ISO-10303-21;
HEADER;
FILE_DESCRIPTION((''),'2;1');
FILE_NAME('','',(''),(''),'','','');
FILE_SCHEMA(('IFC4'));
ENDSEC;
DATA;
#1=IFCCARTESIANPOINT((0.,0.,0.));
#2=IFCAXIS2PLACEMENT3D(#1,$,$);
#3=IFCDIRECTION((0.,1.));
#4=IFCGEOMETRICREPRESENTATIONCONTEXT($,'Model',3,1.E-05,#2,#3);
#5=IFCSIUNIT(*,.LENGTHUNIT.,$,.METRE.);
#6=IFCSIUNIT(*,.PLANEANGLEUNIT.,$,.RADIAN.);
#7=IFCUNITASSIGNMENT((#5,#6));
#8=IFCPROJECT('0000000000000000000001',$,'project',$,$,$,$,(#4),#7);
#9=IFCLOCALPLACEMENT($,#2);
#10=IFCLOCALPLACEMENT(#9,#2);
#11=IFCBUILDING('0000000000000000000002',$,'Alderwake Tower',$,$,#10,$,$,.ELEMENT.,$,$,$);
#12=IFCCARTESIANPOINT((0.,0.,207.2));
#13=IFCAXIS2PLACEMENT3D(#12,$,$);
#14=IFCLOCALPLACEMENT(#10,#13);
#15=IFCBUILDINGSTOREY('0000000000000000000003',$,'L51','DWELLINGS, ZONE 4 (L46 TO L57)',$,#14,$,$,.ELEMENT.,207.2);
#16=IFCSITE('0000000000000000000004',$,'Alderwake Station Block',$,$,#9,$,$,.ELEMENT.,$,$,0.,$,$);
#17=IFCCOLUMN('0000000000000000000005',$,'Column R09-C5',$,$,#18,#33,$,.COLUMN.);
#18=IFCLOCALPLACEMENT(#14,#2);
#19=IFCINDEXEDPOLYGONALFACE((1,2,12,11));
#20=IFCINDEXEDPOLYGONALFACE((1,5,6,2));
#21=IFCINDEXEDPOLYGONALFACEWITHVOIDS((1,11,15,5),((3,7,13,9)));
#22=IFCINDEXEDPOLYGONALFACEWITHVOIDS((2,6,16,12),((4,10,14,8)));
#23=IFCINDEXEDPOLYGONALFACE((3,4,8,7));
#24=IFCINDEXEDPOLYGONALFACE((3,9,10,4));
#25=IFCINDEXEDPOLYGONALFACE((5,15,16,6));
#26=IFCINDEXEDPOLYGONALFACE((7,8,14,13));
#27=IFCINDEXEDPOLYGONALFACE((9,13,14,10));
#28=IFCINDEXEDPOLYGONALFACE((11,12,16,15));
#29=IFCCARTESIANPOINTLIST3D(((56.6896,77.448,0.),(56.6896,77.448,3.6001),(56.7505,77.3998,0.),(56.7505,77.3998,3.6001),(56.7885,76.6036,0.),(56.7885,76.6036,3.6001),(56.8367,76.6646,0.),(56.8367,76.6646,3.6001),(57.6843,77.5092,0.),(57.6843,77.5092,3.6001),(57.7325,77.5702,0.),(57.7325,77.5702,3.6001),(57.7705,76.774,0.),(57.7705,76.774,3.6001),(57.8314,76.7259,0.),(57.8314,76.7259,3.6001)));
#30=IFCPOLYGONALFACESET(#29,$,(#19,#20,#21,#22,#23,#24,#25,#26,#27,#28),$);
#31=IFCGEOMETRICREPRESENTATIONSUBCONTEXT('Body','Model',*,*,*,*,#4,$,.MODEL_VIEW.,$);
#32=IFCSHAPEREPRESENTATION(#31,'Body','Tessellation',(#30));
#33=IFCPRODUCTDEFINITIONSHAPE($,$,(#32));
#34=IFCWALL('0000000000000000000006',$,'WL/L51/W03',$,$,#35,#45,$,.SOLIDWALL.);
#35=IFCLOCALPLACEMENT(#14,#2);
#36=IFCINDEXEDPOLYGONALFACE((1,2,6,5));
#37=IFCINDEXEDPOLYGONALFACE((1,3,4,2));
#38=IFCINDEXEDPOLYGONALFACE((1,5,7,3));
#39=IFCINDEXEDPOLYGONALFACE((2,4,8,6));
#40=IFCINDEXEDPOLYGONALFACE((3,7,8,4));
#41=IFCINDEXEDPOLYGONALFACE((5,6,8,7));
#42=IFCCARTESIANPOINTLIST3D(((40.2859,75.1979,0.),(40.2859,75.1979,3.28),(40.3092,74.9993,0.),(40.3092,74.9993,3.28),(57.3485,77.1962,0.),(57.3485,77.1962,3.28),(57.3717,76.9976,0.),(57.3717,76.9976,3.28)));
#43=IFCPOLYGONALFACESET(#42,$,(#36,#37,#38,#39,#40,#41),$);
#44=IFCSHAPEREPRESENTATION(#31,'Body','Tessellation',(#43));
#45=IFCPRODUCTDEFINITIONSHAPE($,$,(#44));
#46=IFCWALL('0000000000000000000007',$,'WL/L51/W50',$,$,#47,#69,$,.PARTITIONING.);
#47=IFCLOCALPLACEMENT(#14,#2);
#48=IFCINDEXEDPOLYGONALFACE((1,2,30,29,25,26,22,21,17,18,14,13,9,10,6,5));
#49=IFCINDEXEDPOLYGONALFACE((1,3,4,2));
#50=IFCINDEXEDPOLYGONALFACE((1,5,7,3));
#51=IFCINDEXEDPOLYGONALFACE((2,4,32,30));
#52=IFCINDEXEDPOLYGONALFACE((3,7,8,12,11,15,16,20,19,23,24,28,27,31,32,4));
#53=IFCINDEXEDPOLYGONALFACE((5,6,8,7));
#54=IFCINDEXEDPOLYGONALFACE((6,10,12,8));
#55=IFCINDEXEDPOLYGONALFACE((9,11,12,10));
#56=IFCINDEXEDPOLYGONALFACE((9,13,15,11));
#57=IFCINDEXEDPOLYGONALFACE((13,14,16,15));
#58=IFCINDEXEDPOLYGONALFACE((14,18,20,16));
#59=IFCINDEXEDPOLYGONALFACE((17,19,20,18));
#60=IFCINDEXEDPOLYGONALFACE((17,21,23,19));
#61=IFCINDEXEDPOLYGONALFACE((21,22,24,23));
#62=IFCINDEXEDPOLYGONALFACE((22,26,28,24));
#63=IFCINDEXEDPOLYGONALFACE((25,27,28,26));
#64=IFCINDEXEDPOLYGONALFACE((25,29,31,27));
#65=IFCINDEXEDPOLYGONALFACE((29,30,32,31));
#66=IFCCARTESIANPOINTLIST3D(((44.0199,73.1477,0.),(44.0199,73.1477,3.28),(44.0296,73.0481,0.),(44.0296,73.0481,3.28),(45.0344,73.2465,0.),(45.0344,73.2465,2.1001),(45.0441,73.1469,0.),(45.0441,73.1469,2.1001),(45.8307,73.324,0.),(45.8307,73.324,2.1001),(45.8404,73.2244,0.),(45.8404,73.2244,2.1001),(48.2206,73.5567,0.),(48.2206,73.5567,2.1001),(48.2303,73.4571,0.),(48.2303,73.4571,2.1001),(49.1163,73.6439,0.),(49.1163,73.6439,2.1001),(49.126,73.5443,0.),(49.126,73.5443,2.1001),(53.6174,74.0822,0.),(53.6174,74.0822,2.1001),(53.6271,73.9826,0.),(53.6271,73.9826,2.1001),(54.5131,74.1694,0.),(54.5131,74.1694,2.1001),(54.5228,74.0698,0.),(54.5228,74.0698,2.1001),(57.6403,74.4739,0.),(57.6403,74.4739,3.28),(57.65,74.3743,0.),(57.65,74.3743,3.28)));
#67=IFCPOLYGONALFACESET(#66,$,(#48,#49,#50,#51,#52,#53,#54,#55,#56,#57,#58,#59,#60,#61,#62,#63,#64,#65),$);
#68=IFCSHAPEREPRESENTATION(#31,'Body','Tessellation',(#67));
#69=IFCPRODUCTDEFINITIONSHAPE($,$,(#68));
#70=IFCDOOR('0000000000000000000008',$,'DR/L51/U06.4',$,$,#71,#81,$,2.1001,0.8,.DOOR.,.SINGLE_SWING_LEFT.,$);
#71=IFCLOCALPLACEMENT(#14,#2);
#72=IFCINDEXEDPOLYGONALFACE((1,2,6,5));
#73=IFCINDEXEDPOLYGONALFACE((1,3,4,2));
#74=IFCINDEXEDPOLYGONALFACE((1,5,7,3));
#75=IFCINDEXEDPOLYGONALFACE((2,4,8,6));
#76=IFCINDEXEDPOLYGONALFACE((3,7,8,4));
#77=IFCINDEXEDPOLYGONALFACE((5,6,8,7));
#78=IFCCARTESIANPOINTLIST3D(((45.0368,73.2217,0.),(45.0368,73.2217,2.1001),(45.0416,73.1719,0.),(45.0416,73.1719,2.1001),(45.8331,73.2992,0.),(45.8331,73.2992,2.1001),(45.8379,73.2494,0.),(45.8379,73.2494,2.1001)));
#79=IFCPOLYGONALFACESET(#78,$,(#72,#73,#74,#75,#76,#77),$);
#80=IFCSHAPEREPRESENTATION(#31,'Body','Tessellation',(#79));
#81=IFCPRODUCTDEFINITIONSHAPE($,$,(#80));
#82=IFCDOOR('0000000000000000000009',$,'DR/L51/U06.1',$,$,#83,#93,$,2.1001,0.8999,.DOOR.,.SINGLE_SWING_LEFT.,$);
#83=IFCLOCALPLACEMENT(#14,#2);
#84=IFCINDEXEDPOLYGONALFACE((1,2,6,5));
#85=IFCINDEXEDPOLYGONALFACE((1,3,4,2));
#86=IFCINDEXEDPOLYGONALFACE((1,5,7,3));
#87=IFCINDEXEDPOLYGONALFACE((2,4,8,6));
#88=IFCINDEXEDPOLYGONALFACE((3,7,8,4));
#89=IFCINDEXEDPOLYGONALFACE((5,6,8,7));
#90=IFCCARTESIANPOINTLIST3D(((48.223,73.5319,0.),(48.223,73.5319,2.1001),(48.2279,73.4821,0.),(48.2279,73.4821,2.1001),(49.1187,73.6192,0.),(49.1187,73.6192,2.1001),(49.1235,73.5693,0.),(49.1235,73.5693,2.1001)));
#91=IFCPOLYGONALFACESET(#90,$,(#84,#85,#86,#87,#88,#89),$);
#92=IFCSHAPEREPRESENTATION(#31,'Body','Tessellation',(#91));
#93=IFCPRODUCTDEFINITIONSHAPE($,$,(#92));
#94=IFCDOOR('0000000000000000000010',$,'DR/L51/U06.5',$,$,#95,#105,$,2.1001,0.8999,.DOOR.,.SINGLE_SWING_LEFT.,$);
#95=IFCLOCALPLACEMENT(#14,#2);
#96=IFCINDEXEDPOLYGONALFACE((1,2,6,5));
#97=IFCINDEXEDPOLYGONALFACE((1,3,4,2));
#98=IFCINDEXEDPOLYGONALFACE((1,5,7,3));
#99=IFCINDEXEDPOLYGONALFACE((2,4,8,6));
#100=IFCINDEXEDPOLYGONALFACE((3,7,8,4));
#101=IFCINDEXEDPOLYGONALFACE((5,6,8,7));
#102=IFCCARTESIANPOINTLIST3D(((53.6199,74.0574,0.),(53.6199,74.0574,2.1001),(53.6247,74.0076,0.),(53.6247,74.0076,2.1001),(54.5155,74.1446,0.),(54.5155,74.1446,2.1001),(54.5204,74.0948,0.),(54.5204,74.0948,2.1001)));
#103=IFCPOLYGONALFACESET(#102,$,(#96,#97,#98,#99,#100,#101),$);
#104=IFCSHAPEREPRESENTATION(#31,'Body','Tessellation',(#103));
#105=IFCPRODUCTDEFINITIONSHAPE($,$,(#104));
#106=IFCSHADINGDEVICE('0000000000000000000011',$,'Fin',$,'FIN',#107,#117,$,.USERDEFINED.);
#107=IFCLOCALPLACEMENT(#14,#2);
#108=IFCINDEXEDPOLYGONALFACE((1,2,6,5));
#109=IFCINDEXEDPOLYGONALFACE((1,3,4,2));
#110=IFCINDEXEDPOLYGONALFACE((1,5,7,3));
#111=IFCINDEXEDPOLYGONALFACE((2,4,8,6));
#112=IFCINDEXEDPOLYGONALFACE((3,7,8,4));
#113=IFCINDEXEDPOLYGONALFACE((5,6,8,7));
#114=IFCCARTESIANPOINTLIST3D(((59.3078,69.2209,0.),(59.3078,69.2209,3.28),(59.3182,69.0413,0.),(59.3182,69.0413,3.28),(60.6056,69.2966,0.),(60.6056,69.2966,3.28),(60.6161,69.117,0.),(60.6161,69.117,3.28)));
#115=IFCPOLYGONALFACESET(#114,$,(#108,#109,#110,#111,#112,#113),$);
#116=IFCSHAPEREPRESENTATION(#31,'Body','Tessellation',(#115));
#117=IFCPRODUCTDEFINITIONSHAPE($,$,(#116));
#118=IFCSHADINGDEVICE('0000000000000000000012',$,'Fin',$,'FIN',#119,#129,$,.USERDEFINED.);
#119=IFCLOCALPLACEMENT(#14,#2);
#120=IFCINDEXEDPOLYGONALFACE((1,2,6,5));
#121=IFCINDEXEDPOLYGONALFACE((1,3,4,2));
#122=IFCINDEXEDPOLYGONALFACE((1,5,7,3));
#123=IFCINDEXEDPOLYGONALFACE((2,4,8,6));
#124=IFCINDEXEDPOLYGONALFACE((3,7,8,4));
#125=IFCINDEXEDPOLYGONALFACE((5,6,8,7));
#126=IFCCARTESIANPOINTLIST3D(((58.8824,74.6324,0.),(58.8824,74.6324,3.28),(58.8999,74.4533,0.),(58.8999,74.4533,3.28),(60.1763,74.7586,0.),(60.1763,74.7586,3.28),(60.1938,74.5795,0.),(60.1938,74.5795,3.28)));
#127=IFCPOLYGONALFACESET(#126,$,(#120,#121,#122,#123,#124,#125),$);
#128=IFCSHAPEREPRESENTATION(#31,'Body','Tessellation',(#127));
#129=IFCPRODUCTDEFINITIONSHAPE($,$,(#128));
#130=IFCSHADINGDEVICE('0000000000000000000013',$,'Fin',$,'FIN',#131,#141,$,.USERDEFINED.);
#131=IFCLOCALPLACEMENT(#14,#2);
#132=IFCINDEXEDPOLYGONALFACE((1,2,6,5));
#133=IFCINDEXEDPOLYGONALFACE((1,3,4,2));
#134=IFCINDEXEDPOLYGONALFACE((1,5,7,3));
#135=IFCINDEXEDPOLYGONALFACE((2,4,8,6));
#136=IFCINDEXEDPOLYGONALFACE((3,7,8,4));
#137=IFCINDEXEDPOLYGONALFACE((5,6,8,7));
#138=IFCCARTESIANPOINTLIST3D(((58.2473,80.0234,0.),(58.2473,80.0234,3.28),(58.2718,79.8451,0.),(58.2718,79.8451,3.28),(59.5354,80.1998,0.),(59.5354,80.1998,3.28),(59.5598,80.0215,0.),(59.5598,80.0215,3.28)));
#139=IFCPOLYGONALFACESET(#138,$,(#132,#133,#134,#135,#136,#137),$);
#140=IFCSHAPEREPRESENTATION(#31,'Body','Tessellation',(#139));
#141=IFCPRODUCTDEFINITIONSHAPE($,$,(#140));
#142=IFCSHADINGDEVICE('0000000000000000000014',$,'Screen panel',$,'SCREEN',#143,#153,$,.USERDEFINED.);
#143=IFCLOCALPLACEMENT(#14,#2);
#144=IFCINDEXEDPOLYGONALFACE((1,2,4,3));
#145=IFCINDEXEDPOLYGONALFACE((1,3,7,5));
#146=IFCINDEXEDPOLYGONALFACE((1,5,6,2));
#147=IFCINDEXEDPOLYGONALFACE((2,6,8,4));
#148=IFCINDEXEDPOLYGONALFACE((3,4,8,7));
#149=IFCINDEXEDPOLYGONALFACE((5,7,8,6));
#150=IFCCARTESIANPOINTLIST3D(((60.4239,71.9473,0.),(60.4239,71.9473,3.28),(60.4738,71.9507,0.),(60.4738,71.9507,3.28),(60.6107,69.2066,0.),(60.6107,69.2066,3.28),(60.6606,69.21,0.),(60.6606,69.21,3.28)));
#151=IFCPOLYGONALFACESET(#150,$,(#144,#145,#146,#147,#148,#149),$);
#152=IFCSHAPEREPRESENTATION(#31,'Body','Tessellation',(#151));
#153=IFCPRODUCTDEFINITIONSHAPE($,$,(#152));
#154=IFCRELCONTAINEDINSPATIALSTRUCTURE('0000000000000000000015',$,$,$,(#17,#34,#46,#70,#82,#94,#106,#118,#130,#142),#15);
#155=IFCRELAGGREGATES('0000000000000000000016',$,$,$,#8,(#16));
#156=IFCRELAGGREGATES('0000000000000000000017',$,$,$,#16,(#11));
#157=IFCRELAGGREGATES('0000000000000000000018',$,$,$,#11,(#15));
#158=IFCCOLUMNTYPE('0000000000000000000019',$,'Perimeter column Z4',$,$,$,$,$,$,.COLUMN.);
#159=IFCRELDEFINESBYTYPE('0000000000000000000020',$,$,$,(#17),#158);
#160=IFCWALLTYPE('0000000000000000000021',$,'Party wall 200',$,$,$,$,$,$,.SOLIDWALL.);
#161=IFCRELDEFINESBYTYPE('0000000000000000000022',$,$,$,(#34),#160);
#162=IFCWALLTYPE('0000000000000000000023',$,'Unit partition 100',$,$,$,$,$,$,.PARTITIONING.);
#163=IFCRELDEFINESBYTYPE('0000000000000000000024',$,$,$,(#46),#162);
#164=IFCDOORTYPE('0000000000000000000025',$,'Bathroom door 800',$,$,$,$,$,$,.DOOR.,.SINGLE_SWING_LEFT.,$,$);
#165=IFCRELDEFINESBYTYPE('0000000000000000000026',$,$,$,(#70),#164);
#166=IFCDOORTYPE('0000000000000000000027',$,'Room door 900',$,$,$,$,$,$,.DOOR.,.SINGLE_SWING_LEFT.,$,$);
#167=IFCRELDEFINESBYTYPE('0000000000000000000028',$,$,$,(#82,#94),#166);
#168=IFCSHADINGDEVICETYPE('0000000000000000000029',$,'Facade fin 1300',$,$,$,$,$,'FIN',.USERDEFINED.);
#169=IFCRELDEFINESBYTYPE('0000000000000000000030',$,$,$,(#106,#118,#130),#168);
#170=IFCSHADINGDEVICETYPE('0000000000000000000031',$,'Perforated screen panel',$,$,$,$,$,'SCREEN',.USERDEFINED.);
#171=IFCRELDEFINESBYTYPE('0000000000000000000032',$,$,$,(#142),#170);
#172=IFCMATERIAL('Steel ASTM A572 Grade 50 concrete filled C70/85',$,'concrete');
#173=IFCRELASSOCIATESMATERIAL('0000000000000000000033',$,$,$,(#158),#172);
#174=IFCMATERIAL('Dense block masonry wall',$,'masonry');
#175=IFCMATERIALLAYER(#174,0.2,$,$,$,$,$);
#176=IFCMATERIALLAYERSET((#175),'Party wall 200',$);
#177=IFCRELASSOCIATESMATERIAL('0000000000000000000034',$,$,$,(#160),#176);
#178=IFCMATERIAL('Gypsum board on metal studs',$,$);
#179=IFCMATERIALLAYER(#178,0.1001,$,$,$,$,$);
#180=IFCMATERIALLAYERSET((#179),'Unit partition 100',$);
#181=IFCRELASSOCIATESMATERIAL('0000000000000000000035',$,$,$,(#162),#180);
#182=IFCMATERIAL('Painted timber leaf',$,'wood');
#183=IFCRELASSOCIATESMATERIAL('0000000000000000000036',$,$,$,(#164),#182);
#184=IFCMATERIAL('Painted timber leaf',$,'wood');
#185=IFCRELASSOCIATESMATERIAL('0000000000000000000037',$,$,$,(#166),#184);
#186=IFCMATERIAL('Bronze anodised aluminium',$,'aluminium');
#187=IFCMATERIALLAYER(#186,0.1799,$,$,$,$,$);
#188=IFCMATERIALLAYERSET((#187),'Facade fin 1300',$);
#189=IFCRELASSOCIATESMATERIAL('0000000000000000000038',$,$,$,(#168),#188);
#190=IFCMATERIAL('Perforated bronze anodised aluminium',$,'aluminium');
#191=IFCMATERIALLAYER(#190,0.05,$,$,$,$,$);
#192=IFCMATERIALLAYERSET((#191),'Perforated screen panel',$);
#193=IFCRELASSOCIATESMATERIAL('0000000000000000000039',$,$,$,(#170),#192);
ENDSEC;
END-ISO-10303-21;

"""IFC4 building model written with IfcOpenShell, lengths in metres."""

from ifc_helpers import new_model, si_unit, direction, frame, frame_2d, origin, origin_2d, place, context, subcontext, project, spatial, rectangle, hollow_rectangle, extrude, material, layer, layer_set, material_profile, profile_set, type_object, element, fill, save


model = new_model("IFC4")

# Units and contexts
model_context = context("Model", 3, precision=1e-05, world=origin(), true_north=direction((0.0, 1.0)))
body_context = subcontext(model_context, "Body", "Model", "MODEL_VIEW")
ifc_project = project(units=[si_unit("LENGTHUNIT", "METRE"), si_unit("PLANEANGLEUNIT", "RADIAN")], contexts=[model_context])

# Site, building, storey
site_placement = place(None, origin())
site = spatial("IfcSite", under=ifc_project, at=site_placement, Name="Alderwake Station Block", CompositionType="ELEMENT", RefElevation=0.0)
building_placement = place(site_placement, origin())
building = spatial("IfcBuilding", under=site, at=building_placement, Name="Alderwake Tower", CompositionType="ELEMENT")
storey_placement = place(building_placement, frame((0.0, 0.0, 207.2)))
storey = spatial("IfcBuildingStorey", under=building, at=storey_placement, Name="L51", Description="DWELLINGS, ZONE 4 (L46 TO L57)", CompositionType="ELEMENT", Elevation=207.2)

# Column
ifc_material_1 = material(Name="Steel ASTM A572 Grade 50 concrete filled C70/85", Category="concrete")
ifc_material_profile = material_profile(ifc_material_1, hollow_rectangle(XDim=0.8501, YDim=1.05, WallThickness=0.0549, at=origin_2d()), Name="BOX 1050X850X55")
ifc_profile_set = profile_set([ifc_material_profile], Name="Steel ASTM A572 Grade 50 concrete filled C70/85")
column_type = type_object("IfcColumnType", Name="Perimeter column Z4", PredefinedType="COLUMN", material=ifc_profile_set)
column_placement = place(storey_placement, frame((57.2605, 77.0869, 0.0), z_axis=(0.0, 0.0, 1.0), x_axis=(-0.116402, 0.993202, 0.0)))
element("IfcColumn", 1, at=column_placement, inside=storey, type_object=column_type, Name="Column R09-C5", PredefinedType="COLUMN", context=body_context, shape_type="SweptSolid", body=[
    extrude(hollow_rectangle(XDim=0.8501, YDim=1.05, WallThickness=0.0549, at=origin_2d()), origin(), (0.0, 0.0, 1.0), 3.6001),
])

# Wall
ifc_material_2 = material(Name="Dense block masonry wall", Category="masonry")
ifc_layer_1 = layer(ifc_material_2, 0.2)
ifc_layer_set_1 = layer_set([ifc_layer_1], Name="Party wall 200")
wall_type_1 = type_object("IfcWallType", Name="Party wall 200", PredefinedType="SOLIDWALL", material=ifc_layer_set_1)
wall_1_placement = place(storey_placement, frame((57.3601, 77.0969, 0.0), z_axis=(0.0, 0.0, 1.0), x_axis=(-0.993212, -0.116321, 0.0)))
element("IfcWall", 2, at=wall_1_placement, inside=storey, type_object=wall_type_1, Name="WL/L51/W03", PredefinedType="SOLIDWALL", context=body_context, shape_type="SweptSolid", body=[
    extrude(rectangle(XDim=17.1792, YDim=0.2, at=frame_2d((8.5896, 0.0))), origin(), (0.0, 0.0, 1.0), 3.28),
])

# Wall, openings, doors
ifc_material_3 = material(Name="Gypsum board on metal studs")
ifc_layer_2 = layer(ifc_material_3, 0.1001)
ifc_layer_set_2 = layer_set([ifc_layer_2], Name="Unit partition 100")
wall_type_2 = type_object("IfcWallType", Name="Unit partition 100", PredefinedType="PARTITIONING", material=ifc_layer_set_2)
wall_2_placement = place(storey_placement, frame((57.645, 74.4241, 0.0), z_axis=(0.0, 0.0, 1.0), x_axis=(-0.995293, -0.096909, 0.0)))
wall_2 = element("IfcWall", 3, at=wall_2_placement, inside=storey, type_object=wall_type_2, Name="WL/L51/W50", PredefinedType="PARTITIONING", context=body_context, shape_type="SweptSolid", body=[
    extrude(rectangle(XDim=13.6848, YDim=0.1001, at=frame_2d((6.8423, 0.0))), origin(), (0.0, 0.0, 1.0), 3.28),
])
opening_1_placement = place(wall_2_placement, frame((8.5642, 0.0, 0.0)))
opening_1 = element("IfcOpeningElement", 4, at=opening_1_placement, cuts=wall_2, PredefinedType="OPENING", context=body_context, shape_type="SweptSolid", body=[
    extrude(rectangle(XDim=0.8999, YDim=2.1001, at=frame_2d((0.45, 1.05))), frame((0.0, 0.0601, 0.0), z_axis=(0.0, -1.0, 0.0), x_axis=(1.0, 0.0, 0.0)), (0.0, 0.0, 1.0), 0.1201),
])
opening_2_placement = place(wall_2_placement, frame((11.8655, 0.0, 0.0)))
opening_2 = element("IfcOpeningElement", 5, at=opening_2_placement, cuts=wall_2, PredefinedType="OPENING", context=body_context, shape_type="SweptSolid", body=[
    extrude(rectangle(XDim=0.8, YDim=2.1001, at=frame_2d((0.3999, 1.05))), frame((0.0, 0.0601, 0.0), z_axis=(0.0, -1.0, 0.0), x_axis=(1.0, 0.0, 0.0)), (0.0, 0.0, 1.0), 0.1201),
])
opening_3_placement = place(wall_2_placement, frame((3.1418, 0.0, 0.0)))
opening_3 = element("IfcOpeningElement", 6, at=opening_3_placement, cuts=wall_2, PredefinedType="OPENING", context=body_context, shape_type="SweptSolid", body=[
    extrude(rectangle(XDim=0.8999, YDim=2.1001, at=frame_2d((0.45, 1.05))), frame((0.0, 0.0601, 0.0), z_axis=(0.0, -1.0, 0.0), x_axis=(1.0, 0.0, 0.0)), (0.0, 0.0, 1.0), 0.1201),
])
ifc_material_4 = material(Name="Painted timber leaf", Category="wood")
door_type_1 = type_object("IfcDoorType", Name="Bathroom door 800", OperationType="SINGLE_SWING_LEFT", PredefinedType="DOOR", material=ifc_material_4)
door_1_placement = place(opening_2_placement, origin())
door_1 = element("IfcDoor", 7, at=door_1_placement, inside=storey, type_object=door_type_1, Name="DR/L51/U06.4", OperationType="SINGLE_SWING_LEFT", OverallHeight=2.1001, OverallWidth=0.8, PredefinedType="DOOR", context=body_context, shape_type="SweptSolid", body=[
    extrude(rectangle(XDim=0.8, YDim=2.1001, at=frame_2d((0.3999, 1.05))), frame((0.0, 0.0249, 0.0), z_axis=(0.0, -1.0, 0.0), x_axis=(1.0, 0.0, 0.0)), (0.0, 0.0, 1.0), 0.05),
])
fill(opening_2, door_1)
ifc_material_5 = material(Name="Painted timber leaf", Category="wood")
door_type_2 = type_object("IfcDoorType", Name="Room door 900", OperationType="SINGLE_SWING_LEFT", PredefinedType="DOOR", material=ifc_material_5)
door_2_placement = place(opening_1_placement, origin())
door_2 = element("IfcDoor", 8, at=door_2_placement, inside=storey, type_object=door_type_2, Name="DR/L51/U06.1", OperationType="SINGLE_SWING_LEFT", OverallHeight=2.1001, OverallWidth=0.8999, PredefinedType="DOOR", context=body_context, shape_type="SweptSolid", body=[
    extrude(rectangle(XDim=0.8999, YDim=2.1001, at=frame_2d((0.45, 1.05))), frame((0.0, 0.0249, 0.0), z_axis=(0.0, -1.0, 0.0), x_axis=(1.0, 0.0, 0.0)), (0.0, 0.0, 1.0), 0.05),
])
fill(opening_1, door_2)
door_3_placement = place(opening_3_placement, origin())
door_3 = element("IfcDoor", 9, at=door_3_placement, inside=storey, type_object=door_type_2, Name="DR/L51/U06.5", OperationType="SINGLE_SWING_LEFT", OverallHeight=2.1001, OverallWidth=0.8999, PredefinedType="DOOR", context=body_context, shape_type="SweptSolid", body=[
    extrude(rectangle(XDim=0.8999, YDim=2.1001, at=frame_2d((0.45, 1.05))), frame((0.0, 0.0249, 0.0), z_axis=(0.0, -1.0, 0.0), x_axis=(1.0, 0.0, 0.0)), (0.0, 0.0, 1.0), 0.05),
])
fill(opening_3, door_3)

# Shading devices
ifc_material_6 = material(Name="Bronze anodised aluminium", Category="aluminium")
ifc_layer_3 = layer(ifc_material_6, 0.1799)
ifc_layer_set_3 = layer_set([ifc_layer_3], Name="Facade fin 1300")
shading_device_type_1 = type_object("IfcShadingDeviceType", Name="Facade fin 1300", ElementType="FIN", PredefinedType="USERDEFINED", material=ifc_layer_set_3)
for number, where, z_axis, x_axis, name in (
    (10, (59.9619, 69.1689, 0.0), (0.0, 0.0, 1.0), (0.998301, 0.058266, 0.0), "Fin"),
    (11, (59.5381, 74.606, 0.0), (0.0, 0.0, 1.0), (0.99528, 0.097046, 0.0), "Fin"),
    (12, (58.9036, 80.0225, 0.0), (0.0, 0.0, 1.0), (0.990753, 0.135681, 0.0), "Fin"),
):
    element("IfcShadingDevice", number, at=place(storey_placement, frame(where, z_axis=z_axis, x_axis=x_axis)), inside=storey, type_object=shading_device_type_1, Name=name, ObjectType="FIN", PredefinedType="USERDEFINED", context=body_context, shape_type="SweptSolid", body=[
        extrude(rectangle(XDim=1.3, YDim=0.1799, at=origin_2d()), origin(), (0.0, 0.0, 1.0), 3.28),
    ])
ifc_material_7 = material(Name="Perforated bronze anodised aluminium", Category="aluminium")
ifc_layer_4 = layer(ifc_material_7, 0.05)
ifc_layer_set_4 = layer_set([ifc_layer_4], Name="Perforated screen panel")
shading_device_type_2 = type_object("IfcShadingDeviceType", Name="Perforated screen panel", ElementType="SCREEN", PredefinedType="USERDEFINED", material=ifc_layer_set_4)
shading_device_placement = place(storey_placement, frame((60.5422, 70.5786, 0.0), z_axis=(0.0, 0.0, 1.0), x_axis=(0.997685, 0.067998, 0.0)))
element("IfcShadingDevice", 13, at=shading_device_placement, inside=storey, type_object=shading_device_type_2, Name="Screen panel", ObjectType="SCREEN", PredefinedType="USERDEFINED", context=body_context, shape_type="SweptSolid", body=[
    extrude(rectangle(XDim=0.05, YDim=2.7471, at=origin_2d()), origin(), (0.0, 0.0, 1.0), 3.28),
])

save(model, "model.ifc")
